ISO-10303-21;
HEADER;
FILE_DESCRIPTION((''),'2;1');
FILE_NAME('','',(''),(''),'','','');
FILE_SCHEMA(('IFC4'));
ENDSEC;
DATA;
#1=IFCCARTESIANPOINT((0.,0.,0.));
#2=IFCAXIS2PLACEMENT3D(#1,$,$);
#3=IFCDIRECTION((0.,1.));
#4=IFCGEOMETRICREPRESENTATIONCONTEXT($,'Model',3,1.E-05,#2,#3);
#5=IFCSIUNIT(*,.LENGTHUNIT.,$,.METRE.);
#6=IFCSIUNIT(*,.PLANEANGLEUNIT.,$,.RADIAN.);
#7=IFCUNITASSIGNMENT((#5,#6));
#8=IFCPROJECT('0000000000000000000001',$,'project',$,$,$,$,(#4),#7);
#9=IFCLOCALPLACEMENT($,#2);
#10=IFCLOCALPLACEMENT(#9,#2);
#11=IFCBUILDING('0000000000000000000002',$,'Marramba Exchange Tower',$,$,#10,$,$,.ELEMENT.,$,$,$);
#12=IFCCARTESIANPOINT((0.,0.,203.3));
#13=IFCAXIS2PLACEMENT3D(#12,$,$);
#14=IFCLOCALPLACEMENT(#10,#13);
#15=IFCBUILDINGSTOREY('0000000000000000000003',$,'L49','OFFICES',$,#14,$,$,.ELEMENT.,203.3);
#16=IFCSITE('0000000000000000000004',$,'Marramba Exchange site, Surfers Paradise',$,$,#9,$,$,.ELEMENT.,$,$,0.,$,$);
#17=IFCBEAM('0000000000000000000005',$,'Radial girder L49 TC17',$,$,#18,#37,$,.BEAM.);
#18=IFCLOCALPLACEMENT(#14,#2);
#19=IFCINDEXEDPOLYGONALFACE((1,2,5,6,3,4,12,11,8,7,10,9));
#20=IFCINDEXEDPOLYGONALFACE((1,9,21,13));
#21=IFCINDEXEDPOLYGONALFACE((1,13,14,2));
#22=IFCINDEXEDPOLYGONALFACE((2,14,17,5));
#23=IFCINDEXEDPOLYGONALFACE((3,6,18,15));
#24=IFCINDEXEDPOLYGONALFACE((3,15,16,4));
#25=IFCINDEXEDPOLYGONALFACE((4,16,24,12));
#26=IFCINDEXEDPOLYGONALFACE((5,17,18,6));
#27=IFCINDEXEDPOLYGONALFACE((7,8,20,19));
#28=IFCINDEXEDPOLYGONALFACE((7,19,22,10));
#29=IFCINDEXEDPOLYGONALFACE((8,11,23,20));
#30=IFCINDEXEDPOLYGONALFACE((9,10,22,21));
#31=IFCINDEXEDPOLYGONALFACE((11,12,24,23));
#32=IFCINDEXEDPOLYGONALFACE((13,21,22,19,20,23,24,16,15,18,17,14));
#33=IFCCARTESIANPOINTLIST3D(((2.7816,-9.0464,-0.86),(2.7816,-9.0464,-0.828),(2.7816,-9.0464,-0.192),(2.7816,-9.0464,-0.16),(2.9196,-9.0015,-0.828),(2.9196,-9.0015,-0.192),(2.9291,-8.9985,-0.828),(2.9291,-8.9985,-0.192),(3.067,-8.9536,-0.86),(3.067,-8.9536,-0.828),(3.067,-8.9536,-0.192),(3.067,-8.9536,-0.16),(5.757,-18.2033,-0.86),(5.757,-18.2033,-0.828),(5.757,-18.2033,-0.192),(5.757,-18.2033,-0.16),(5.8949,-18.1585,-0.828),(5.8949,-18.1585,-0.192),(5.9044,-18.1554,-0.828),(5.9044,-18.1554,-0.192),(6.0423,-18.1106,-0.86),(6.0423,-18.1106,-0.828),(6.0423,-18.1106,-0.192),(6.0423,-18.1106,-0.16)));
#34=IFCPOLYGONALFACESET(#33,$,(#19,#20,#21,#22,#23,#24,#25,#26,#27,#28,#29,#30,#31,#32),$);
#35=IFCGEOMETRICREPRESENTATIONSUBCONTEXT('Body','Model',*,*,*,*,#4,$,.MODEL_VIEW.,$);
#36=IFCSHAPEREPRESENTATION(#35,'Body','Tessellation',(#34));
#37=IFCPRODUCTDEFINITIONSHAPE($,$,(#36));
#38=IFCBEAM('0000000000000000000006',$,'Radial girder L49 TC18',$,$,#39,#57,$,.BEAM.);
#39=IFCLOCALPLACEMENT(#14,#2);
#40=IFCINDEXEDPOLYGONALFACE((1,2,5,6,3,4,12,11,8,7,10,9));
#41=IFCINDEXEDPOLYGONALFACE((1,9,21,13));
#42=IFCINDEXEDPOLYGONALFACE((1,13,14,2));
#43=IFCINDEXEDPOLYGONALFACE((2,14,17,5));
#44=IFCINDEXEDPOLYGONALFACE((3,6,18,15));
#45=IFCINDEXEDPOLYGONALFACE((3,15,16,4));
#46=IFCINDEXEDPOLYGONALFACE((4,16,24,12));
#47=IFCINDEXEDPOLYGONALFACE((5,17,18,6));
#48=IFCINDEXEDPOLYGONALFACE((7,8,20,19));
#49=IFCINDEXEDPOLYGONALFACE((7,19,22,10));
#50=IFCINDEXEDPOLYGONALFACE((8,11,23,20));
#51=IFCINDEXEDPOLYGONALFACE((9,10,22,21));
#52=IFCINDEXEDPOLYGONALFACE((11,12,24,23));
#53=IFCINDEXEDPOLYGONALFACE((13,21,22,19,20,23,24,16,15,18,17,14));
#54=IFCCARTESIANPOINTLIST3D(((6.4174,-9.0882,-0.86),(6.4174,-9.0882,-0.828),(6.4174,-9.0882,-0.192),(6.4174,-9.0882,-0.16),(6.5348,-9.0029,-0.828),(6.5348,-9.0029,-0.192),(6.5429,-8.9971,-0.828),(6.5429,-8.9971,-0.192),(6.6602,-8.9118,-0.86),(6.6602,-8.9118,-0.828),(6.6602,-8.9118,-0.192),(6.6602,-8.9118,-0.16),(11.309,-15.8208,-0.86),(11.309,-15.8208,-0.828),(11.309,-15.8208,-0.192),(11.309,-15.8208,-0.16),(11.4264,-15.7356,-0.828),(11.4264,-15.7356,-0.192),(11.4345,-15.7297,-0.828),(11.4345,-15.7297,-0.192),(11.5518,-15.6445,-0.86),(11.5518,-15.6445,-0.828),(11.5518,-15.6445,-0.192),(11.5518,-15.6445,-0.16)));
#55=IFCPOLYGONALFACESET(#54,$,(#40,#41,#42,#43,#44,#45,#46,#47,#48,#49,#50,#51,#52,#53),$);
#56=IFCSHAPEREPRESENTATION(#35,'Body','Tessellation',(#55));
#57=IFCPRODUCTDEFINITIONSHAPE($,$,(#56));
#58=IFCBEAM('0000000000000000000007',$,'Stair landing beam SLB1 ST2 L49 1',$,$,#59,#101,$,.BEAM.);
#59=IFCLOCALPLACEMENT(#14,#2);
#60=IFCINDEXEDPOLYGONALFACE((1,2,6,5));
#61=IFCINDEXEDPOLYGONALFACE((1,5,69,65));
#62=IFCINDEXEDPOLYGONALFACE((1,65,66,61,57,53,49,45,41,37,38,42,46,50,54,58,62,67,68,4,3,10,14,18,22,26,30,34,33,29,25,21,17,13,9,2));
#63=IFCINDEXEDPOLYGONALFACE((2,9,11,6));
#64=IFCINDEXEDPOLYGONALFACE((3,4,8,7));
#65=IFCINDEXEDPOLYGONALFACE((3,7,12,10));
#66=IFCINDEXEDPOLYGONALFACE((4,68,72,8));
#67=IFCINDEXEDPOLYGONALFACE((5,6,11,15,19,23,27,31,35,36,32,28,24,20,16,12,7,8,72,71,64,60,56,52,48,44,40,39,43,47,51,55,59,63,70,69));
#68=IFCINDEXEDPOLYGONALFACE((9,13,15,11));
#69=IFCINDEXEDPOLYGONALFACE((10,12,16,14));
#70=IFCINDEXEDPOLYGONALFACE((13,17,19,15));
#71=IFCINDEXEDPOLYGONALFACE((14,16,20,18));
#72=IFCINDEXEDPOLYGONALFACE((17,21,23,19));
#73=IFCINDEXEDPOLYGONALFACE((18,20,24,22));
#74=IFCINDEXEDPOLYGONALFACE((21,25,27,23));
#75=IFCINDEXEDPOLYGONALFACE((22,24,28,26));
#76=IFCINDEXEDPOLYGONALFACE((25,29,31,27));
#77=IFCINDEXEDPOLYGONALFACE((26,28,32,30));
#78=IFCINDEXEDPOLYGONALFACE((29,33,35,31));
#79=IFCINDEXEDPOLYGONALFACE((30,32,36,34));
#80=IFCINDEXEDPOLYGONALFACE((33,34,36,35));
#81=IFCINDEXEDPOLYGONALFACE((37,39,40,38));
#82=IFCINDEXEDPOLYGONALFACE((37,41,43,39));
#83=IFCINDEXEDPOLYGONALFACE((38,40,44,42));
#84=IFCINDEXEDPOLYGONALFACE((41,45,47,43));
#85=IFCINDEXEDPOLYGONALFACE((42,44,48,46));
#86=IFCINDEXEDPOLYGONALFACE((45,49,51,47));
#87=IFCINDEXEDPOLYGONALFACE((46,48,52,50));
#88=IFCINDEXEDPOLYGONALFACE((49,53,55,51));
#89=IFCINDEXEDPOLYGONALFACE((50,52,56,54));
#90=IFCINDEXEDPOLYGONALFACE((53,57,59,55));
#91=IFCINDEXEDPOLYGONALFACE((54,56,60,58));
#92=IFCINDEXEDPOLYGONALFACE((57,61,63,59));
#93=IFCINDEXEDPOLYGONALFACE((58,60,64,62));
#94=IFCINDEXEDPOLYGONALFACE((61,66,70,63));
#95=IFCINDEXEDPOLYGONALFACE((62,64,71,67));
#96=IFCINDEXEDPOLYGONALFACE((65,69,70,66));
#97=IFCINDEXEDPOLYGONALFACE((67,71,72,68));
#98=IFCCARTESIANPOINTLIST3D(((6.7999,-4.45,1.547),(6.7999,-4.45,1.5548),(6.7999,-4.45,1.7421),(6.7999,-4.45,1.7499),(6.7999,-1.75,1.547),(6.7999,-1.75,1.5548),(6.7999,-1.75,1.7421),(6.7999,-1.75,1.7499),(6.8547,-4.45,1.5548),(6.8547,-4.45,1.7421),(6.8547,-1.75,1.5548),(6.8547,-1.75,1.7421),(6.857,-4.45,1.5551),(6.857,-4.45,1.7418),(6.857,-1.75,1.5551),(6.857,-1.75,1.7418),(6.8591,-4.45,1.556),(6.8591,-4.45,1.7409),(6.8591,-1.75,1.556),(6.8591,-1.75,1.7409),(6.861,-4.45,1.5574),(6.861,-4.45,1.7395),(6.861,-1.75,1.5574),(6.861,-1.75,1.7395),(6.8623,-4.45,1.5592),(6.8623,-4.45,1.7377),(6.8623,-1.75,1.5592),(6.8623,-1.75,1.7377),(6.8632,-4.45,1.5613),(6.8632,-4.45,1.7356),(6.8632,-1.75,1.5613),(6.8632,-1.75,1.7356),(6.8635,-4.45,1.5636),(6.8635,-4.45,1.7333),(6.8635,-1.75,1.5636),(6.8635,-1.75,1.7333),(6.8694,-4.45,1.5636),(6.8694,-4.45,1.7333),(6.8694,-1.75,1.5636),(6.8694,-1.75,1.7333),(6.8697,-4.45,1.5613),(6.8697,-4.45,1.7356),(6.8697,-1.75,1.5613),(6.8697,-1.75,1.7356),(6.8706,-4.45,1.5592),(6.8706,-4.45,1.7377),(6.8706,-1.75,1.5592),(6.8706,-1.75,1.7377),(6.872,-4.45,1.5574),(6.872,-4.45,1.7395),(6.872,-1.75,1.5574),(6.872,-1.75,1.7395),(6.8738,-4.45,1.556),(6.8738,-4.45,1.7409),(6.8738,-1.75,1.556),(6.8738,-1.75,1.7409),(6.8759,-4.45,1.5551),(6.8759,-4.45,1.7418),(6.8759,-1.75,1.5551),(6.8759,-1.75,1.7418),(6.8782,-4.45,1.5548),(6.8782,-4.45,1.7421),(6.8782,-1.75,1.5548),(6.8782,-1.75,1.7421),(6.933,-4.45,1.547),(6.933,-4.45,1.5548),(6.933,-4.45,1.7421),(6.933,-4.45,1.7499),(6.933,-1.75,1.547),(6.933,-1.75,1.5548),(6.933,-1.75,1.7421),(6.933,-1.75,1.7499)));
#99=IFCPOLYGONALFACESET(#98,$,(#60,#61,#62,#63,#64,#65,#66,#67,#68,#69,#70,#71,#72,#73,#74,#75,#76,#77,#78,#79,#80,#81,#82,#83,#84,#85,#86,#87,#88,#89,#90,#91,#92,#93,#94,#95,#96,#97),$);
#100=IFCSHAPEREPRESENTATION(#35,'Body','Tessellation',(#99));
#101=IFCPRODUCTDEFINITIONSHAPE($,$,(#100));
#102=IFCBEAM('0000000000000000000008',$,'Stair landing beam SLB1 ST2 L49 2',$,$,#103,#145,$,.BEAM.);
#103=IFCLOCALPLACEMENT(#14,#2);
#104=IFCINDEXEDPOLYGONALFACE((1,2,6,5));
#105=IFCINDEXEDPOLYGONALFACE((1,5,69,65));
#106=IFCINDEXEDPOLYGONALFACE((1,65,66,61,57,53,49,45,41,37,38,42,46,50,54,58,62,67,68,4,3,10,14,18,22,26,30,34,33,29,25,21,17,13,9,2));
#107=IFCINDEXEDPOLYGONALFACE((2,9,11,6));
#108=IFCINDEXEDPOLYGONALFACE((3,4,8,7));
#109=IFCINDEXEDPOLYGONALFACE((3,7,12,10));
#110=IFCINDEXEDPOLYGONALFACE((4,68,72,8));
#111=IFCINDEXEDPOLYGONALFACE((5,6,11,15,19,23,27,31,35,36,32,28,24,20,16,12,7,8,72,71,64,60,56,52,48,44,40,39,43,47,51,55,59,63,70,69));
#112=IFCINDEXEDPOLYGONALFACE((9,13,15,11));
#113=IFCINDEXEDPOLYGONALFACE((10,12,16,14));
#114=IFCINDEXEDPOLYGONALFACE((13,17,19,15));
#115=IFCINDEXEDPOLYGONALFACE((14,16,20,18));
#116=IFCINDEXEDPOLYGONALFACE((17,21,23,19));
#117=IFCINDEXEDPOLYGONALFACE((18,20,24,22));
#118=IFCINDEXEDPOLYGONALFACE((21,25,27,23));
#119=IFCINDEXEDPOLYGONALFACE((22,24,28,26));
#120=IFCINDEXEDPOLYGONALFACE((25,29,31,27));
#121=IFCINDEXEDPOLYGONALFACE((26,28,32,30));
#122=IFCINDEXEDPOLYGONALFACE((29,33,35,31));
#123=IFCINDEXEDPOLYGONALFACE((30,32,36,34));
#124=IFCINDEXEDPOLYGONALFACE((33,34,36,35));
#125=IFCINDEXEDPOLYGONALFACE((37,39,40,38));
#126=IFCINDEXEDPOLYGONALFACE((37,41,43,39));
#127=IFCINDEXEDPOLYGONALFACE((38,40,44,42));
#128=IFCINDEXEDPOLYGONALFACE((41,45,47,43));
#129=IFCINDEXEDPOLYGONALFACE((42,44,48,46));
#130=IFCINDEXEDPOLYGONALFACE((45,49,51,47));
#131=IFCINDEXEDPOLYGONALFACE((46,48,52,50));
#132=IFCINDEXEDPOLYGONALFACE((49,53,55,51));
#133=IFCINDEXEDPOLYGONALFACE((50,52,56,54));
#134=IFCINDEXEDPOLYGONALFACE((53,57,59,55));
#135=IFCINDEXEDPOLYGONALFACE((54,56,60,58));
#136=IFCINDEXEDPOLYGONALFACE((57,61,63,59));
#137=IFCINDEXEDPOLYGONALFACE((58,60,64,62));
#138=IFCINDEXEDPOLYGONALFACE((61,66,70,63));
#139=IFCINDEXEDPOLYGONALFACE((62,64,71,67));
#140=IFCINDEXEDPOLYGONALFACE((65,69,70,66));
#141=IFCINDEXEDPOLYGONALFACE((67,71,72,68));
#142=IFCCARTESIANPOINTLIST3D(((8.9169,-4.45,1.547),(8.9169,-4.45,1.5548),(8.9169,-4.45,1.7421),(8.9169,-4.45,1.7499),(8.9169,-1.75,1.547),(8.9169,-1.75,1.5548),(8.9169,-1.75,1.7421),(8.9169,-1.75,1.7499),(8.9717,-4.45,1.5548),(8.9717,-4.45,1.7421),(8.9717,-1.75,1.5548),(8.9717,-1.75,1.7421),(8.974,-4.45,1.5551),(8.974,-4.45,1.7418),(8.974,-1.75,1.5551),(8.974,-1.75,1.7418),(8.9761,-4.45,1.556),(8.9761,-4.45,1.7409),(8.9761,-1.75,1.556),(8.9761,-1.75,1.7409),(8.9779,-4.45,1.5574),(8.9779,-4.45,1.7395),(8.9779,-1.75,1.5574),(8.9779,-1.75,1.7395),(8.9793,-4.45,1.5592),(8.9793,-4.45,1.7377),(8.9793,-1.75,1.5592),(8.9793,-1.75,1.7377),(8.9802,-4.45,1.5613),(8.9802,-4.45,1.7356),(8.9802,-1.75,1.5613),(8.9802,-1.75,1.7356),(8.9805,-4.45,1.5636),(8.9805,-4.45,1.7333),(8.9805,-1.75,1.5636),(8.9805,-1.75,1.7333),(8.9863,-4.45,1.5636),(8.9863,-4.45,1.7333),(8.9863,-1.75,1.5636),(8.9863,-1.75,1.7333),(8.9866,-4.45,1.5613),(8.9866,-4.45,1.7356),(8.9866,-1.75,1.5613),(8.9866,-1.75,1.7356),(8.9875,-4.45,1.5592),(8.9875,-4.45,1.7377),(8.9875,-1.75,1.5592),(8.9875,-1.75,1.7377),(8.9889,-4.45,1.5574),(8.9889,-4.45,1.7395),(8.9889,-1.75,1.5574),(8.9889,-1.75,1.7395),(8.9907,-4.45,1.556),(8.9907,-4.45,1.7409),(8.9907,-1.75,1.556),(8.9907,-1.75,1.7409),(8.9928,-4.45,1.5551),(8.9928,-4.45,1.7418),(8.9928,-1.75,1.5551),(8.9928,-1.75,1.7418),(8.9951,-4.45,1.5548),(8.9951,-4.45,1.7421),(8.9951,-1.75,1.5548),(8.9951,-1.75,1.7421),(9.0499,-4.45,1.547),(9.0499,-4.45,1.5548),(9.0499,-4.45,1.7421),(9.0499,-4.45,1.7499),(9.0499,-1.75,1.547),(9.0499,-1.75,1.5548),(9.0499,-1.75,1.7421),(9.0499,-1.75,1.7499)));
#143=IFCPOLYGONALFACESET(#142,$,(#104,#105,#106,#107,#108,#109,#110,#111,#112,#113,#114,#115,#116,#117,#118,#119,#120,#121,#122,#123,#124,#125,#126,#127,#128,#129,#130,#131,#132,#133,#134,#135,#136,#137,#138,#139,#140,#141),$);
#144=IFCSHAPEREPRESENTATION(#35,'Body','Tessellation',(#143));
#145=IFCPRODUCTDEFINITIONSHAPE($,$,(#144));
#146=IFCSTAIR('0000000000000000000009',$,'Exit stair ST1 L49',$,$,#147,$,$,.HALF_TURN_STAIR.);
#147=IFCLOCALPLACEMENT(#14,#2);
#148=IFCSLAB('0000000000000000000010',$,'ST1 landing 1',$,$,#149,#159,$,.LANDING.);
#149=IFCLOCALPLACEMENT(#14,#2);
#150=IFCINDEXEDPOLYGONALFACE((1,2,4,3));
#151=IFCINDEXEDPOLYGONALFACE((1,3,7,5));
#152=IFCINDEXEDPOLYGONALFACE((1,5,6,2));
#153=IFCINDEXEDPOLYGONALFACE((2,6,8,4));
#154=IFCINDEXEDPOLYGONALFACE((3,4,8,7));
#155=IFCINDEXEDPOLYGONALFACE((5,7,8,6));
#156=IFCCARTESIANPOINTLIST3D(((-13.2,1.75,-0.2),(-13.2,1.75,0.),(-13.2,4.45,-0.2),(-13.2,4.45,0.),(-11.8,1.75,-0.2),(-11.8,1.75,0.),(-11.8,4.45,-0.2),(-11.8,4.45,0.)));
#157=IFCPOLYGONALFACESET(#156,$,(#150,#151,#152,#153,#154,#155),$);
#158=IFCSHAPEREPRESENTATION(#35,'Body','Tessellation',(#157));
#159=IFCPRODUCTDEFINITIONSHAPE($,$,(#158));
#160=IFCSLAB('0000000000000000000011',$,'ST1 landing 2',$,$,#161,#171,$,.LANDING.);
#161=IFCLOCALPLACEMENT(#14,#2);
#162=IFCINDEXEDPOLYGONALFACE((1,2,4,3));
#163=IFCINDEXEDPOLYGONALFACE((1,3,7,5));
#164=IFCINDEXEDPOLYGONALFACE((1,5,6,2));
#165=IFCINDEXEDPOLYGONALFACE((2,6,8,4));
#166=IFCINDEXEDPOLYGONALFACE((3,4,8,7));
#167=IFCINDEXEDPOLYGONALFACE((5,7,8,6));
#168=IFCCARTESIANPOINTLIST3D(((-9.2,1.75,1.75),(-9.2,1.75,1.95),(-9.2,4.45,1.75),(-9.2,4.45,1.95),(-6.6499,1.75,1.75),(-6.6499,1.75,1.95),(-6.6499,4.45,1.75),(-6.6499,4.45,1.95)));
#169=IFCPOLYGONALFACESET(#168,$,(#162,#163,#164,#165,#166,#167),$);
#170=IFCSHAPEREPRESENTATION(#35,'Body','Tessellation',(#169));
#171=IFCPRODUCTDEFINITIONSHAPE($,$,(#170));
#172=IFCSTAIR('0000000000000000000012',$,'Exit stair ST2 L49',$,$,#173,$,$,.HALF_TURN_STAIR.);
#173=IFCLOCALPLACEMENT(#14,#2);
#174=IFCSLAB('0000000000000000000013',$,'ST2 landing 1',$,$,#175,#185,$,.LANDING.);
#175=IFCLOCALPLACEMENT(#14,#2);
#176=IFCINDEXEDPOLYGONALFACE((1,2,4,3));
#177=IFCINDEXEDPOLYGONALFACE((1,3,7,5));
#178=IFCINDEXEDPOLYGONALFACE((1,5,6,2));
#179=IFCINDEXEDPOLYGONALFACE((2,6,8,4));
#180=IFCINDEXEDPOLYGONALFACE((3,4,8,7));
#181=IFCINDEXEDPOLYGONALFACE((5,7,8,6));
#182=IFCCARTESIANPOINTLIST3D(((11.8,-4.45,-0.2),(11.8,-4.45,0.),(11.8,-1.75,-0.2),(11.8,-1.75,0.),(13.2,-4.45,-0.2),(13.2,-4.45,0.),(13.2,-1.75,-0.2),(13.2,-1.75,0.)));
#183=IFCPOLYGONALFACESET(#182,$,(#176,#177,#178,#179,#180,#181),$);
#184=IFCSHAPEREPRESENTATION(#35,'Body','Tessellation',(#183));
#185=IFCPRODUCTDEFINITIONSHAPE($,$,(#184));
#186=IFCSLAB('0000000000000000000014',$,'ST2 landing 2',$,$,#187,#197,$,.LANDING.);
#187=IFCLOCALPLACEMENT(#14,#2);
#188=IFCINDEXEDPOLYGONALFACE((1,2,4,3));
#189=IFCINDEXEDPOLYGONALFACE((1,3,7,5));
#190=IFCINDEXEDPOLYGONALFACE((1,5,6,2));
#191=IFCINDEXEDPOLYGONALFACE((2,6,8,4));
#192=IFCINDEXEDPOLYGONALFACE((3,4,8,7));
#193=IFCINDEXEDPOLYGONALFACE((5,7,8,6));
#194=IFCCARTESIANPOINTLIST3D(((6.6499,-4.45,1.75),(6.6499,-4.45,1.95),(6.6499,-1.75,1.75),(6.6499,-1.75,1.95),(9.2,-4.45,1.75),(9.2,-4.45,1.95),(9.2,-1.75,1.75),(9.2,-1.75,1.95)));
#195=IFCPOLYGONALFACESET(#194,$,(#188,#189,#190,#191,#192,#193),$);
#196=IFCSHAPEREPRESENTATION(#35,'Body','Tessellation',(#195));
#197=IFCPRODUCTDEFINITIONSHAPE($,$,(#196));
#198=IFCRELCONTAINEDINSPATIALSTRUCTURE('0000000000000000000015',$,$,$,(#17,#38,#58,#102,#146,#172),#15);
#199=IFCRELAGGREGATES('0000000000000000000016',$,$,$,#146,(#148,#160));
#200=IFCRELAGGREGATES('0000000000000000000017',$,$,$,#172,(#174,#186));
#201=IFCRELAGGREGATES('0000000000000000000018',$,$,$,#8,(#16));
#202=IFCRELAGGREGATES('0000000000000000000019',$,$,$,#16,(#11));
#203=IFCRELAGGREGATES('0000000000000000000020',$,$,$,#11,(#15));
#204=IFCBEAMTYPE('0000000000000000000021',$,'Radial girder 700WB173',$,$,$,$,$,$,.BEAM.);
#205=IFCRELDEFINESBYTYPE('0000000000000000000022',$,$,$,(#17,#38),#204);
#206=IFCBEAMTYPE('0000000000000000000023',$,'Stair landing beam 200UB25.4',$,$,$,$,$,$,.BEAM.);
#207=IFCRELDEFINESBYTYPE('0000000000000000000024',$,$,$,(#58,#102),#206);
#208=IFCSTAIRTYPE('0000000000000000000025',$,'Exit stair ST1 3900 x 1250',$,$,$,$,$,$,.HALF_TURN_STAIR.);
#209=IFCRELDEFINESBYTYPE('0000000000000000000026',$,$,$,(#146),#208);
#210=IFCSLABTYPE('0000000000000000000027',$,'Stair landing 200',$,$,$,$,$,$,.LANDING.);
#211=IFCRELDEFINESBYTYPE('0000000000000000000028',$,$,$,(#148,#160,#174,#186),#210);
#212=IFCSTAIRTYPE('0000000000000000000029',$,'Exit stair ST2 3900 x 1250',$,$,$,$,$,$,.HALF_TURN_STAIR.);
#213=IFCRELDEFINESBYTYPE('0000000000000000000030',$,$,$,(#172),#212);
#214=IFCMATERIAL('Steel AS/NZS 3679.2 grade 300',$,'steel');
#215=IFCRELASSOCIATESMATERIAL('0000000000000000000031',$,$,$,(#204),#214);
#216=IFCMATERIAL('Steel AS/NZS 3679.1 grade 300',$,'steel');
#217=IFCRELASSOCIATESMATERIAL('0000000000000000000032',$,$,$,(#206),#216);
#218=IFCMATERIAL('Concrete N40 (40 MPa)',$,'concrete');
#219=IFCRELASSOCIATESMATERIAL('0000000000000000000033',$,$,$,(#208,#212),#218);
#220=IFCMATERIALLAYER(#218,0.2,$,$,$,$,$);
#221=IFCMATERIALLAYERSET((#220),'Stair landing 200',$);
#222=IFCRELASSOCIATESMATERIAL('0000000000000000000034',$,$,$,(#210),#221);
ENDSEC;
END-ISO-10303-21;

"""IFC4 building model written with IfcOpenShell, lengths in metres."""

from ifc_helpers import new_model, si_unit, direction, frame, origin, origin_2d, place, context, subcontext, project, spatial, polyline, i_section, outline, extrude, material, layer, layer_set, material_profile, profile_set, type_object, element, aggregate, save


model = new_model("IFC4")

# Units and contexts
model_context = context("Model", 3, precision=1e-05, world=origin(), true_north=direction((0.0, 1.0)))
body_context = subcontext(model_context, "Body", "Model", "MODEL_VIEW")
ifc_project = project(units=[si_unit("LENGTHUNIT", "METRE"), si_unit("PLANEANGLEUNIT", "RADIAN")], contexts=[model_context])

# Site, building, storey
site_placement = place(None, origin())
site = spatial("IfcSite", under=ifc_project, at=site_placement, Name="Marramba Exchange site, Surfers Paradise", CompositionType="ELEMENT", RefElevation=0.0)
building_placement = place(site_placement, origin())
building = spatial("IfcBuilding", under=site, at=building_placement, Name="Marramba Exchange Tower", CompositionType="ELEMENT")
storey_placement = place(building_placement, frame((0.0, 0.0, 203.3)))
storey = spatial("IfcBuildingStorey", under=building, at=storey_placement, Name="L49", Description="OFFICES", CompositionType="ELEMENT", Elevation=203.3)

# Beams
ifc_material_1 = material(Name="Steel AS/NZS 3679.2 grade 300", Category="steel")
ifc_material_profile_1 = material_profile(ifc_material_1, i_section(OverallWidth=0.3, OverallDepth=0.7, WebThickness=0.01, FlangeThickness=0.032, at=origin_2d()), Name="700WB173")
ifc_profile_set_1 = profile_set([ifc_material_profile_1], Name="Steel AS/NZS 3679.2 grade 300")
beam_type_1 = type_object("IfcBeamType", Name="Radial girder 700WB173", PredefinedType="BEAM", material=ifc_profile_set_1)
beam_1_placement = place(storey_placement, frame((2.9243, -9.0, -0.51), z_axis=(0.309022, -0.951055, 0.0), x_axis=(0.951055, 0.309022, 0.0)))
element("IfcBeam", 1, at=beam_1_placement, inside=storey, type_object=beam_type_1, Name="Radial girder L49 TC17", PredefinedType="BEAM", context=body_context, shape_type="SweptSolid", body=[
    extrude(i_section(OverallWidth=0.3, OverallDepth=0.7, WebThickness=0.01, FlangeThickness=0.032, at=origin_2d()), origin(), (0.0, 0.0, 1.0), 9.6282),
])
beam_2_placement = place(storey_placement, frame((6.5388, -9.0, -0.51), z_axis=(0.587788, -0.809015, 0.0), x_axis=(0.809015, 0.587788, 0.0)))
element("IfcBeam", 2, at=beam_2_placement, inside=storey, type_object=beam_type_1, Name="Radial girder L49 TC18", PredefinedType="BEAM", context=body_context, shape_type="SweptSolid", body=[
    extrude(i_section(OverallWidth=0.3, OverallDepth=0.7, WebThickness=0.01, FlangeThickness=0.032, at=origin_2d()), origin(), (0.0, 0.0, 1.0), 8.322),
])
ifc_material_2 = material(Name="Steel AS/NZS 3679.1 grade 300", Category="steel")
ifc_material_profile_2 = material_profile(ifc_material_2, i_section(OverallWidth=0.1331, OverallDepth=0.2029, WebThickness=0.0059, FlangeThickness=0.0078, FilletRadius=0.0088, at=origin_2d()), Name="200UB25.4")
ifc_profile_set_2 = profile_set([ifc_material_profile_2], Name="Steel AS/NZS 3679.1 grade 300")
beam_type_2 = type_object("IfcBeamType", Name="Stair landing beam 200UB25.4", PredefinedType="BEAM", material=ifc_profile_set_2)
for number, where, z_axis, x_axis, name in (
    (3, (6.8665, -4.45, 1.6484), (0.0, 1.0, 0.0), (-1.0, 0.0, 0.0), "Stair landing beam SLB1 ST2 L49 1"),
    (4, (8.9834, -4.45, 1.6484), (0.0, 1.0, 0.0), (-1.0, 0.0, 0.0), "Stair landing beam SLB1 ST2 L49 2"),
):
    element("IfcBeam", number, at=place(storey_placement, frame(where, z_axis=z_axis, x_axis=x_axis)), inside=storey, type_object=beam_type_2, Name=name, PredefinedType="BEAM", context=body_context, shape_type="SweptSolid", body=[
        extrude(i_section(OverallWidth=0.1331, OverallDepth=0.2029, WebThickness=0.0059, FlangeThickness=0.0078, FilletRadius=0.0088, at=origin_2d()), origin(), (0.0, 0.0, 1.0), 2.7),
    ])

# Stairs, slabs
ifc_material_3 = material(Name="Concrete N40 (40 MPa)", Category="concrete")
stair_type_1 = type_object("IfcStairType", Name="Exit stair ST1 3900 x 1250", PredefinedType="HALF_TURN_STAIR", material=ifc_material_3)
stair_1_placement = place(storey_placement, origin())
stair_1 = element("IfcStair", 5, at=stair_1_placement, inside=storey, type_object=stair_type_1, Name="Exit stair ST1 L49", PredefinedType="HALF_TURN_STAIR")
ifc_layer_1 = layer(ifc_material_3, 0.2)
ifc_layer_set_1 = layer_set([ifc_layer_1], Name="Stair landing 200")
slab_type = type_object("IfcSlabType", Name="Stair landing 200", PredefinedType="LANDING", material=ifc_layer_set_1)
slab_1_placement = place(storey_placement, frame((0.0, 0.0, -0.2)))
slab_1 = element("IfcSlab", 6, at=slab_1_placement, type_object=slab_type, Name="ST1 landing 1", PredefinedType="LANDING", context=body_context, shape_type="SweptSolid", body=[
    extrude(outline(polyline([(-13.2, 1.75), (-11.8, 1.75), (-11.8, 4.45), (-13.2, 4.45), (-13.2, 1.75)])), origin(), (0.0, 0.0, 1.0), 0.2),
])
slab_2_placement = place(storey_placement, frame((0.0, 0.0, 1.75)))
slab_2 = element("IfcSlab", 7, at=slab_2_placement, type_object=slab_type, Name="ST1 landing 2", PredefinedType="LANDING", context=body_context, shape_type="SweptSolid", body=[
    extrude(outline(polyline([(-9.2, 1.75), (-6.6499, 1.75), (-6.6499, 4.45), (-9.2, 4.45), (-9.2, 1.75)])), origin(), (0.0, 0.0, 1.0), 0.2),
])
aggregate(stair_1, [slab_1, slab_2])
stair_type_2 = type_object("IfcStairType", Name="Exit stair ST2 3900 x 1250", PredefinedType="HALF_TURN_STAIR", material=ifc_material_3)
stair_2_placement = place(storey_placement, origin())
stair_2 = element("IfcStair", 8, at=stair_2_placement, inside=storey, type_object=stair_type_2, Name="Exit stair ST2 L49", PredefinedType="HALF_TURN_STAIR")
slab_3_placement = place(storey_placement, frame((0.0, 0.0, -0.2)))
slab_3 = element("IfcSlab", 9, at=slab_3_placement, type_object=slab_type, Name="ST2 landing 1", PredefinedType="LANDING", context=body_context, shape_type="SweptSolid", body=[
    extrude(outline(polyline([(11.8, -4.45), (13.2, -4.45), (13.2, -1.75), (11.8, -1.75), (11.8, -4.45)])), origin(), (0.0, 0.0, 1.0), 0.2),
])
slab_4_placement = place(storey_placement, frame((0.0, 0.0, 1.75)))
slab_4 = element("IfcSlab", 10, at=slab_4_placement, type_object=slab_type, Name="ST2 landing 2", PredefinedType="LANDING", context=body_context, shape_type="SweptSolid", body=[
    extrude(outline(polyline([(6.6499, -4.45), (9.2, -4.45), (9.2, -1.75), (6.6499, -1.75), (6.6499, -4.45)])), origin(), (0.0, 0.0, 1.0), 0.2),
])

aggregate(stair_2, [slab_3, slab_4])

save(model, "model.ifc")
